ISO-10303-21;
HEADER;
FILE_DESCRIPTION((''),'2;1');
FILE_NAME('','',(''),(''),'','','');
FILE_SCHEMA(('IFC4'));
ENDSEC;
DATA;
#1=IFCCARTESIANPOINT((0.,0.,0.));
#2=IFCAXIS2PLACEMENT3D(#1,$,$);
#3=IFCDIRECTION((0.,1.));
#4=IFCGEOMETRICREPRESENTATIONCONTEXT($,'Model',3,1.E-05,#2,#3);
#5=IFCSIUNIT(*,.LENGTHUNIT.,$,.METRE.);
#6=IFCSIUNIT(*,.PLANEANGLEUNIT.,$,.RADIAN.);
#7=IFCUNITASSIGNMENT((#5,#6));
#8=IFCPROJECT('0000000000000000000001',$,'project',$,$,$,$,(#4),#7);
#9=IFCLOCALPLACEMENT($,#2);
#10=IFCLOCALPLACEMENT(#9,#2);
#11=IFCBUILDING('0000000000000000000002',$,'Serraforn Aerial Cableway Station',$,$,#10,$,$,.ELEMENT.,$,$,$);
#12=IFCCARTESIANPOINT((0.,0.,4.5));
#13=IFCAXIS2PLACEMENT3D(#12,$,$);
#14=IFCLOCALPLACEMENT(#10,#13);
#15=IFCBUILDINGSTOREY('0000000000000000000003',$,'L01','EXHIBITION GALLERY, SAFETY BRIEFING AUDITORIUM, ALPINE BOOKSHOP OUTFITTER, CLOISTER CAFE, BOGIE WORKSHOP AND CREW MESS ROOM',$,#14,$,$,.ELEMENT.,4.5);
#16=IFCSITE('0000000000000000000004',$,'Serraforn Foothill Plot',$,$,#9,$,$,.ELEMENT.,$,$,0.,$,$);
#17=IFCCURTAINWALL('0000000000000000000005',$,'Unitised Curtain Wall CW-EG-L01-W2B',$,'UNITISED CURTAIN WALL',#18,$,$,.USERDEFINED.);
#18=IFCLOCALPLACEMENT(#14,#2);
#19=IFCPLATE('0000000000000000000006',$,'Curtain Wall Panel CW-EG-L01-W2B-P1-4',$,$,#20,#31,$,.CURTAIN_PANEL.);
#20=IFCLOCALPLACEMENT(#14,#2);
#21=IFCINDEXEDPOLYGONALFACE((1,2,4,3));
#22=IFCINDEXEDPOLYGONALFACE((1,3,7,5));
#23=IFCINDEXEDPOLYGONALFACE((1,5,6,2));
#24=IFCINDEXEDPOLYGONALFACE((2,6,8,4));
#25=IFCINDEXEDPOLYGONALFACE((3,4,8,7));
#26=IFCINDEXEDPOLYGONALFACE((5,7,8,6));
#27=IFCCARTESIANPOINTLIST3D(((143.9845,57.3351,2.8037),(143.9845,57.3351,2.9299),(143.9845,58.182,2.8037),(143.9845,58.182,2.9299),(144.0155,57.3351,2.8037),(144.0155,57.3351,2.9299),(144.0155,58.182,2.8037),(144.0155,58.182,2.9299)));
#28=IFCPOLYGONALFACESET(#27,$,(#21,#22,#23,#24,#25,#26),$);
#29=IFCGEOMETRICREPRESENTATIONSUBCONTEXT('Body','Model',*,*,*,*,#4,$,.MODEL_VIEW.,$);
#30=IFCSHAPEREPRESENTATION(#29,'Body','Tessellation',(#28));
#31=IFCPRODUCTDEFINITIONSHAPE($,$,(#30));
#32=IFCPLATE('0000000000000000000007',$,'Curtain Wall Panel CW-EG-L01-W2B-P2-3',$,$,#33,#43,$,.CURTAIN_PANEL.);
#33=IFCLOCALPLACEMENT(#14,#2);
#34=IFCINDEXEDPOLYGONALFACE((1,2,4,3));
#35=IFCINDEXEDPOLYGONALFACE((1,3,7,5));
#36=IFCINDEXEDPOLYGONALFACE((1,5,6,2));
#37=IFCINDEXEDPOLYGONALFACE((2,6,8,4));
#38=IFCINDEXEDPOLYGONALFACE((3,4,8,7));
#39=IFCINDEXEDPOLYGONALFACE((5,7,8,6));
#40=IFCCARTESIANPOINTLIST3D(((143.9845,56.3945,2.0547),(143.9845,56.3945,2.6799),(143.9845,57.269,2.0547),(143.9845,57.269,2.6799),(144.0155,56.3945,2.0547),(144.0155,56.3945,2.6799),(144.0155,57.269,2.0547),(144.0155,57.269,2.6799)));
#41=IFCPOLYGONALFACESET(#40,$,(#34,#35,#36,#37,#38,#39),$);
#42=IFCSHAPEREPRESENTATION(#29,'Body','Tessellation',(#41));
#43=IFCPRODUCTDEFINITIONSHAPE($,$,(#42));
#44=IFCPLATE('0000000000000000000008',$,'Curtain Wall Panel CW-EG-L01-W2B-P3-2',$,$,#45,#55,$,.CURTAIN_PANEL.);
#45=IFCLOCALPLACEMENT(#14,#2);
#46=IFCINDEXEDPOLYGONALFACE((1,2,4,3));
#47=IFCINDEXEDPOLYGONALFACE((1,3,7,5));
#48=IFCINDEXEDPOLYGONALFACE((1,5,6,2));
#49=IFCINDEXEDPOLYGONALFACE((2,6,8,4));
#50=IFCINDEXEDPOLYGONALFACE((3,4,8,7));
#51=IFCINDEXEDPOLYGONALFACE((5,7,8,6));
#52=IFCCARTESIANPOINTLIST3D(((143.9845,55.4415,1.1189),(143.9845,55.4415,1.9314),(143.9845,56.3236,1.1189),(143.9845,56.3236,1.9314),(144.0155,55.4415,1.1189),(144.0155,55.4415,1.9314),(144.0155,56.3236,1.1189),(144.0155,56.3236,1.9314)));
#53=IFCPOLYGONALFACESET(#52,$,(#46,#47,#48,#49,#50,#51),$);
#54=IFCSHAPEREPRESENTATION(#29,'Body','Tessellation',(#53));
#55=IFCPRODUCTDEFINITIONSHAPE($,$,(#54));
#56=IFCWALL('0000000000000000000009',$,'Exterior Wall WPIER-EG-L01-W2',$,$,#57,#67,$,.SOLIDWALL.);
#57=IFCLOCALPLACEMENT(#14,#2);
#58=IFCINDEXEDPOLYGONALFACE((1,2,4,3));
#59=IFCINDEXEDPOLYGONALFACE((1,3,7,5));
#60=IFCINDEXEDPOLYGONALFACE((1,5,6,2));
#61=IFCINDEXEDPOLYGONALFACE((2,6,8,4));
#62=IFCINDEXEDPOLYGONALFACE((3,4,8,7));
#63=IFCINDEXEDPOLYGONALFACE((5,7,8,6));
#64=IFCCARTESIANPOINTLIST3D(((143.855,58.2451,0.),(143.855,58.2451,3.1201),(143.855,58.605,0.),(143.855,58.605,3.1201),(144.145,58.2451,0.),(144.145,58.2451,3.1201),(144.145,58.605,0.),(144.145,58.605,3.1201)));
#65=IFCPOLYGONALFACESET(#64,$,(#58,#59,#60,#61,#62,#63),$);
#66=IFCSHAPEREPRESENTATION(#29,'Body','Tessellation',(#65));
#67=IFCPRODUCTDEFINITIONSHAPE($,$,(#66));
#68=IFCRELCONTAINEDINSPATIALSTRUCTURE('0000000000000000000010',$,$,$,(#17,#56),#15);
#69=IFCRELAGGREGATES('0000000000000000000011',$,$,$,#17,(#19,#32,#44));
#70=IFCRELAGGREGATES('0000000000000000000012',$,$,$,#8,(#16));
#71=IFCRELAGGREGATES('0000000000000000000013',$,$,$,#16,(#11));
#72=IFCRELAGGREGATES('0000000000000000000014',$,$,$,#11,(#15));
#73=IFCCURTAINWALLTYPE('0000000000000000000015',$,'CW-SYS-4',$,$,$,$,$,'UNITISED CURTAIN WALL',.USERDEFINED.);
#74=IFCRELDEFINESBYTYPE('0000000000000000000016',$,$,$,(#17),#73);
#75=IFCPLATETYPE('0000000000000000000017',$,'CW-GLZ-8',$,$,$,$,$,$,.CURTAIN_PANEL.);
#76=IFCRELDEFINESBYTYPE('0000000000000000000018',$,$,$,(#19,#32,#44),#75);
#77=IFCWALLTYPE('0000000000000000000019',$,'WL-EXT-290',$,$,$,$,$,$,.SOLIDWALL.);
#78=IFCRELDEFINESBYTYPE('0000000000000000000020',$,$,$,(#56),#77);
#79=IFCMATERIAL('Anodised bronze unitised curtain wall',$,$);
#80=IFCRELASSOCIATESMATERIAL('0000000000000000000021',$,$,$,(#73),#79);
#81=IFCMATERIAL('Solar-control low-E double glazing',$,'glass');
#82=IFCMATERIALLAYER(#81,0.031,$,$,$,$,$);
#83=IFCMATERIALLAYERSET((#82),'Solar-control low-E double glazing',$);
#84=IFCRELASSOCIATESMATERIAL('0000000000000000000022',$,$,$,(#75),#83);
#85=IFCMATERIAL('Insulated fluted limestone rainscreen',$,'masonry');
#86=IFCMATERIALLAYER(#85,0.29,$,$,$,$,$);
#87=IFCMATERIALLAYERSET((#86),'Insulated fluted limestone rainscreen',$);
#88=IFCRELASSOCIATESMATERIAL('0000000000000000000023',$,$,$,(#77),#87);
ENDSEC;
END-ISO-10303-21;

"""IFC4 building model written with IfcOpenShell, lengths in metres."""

from ifc_helpers import new_model, si_unit, direction, frame, frame_2d, origin, origin_2d, place, context, subcontext, project, spatial, rectangle, extrude, material, layer, layer_set, type_object, element, aggregate, save


model = new_model("IFC4")

# Units and contexts
model_context = context("Model", 3, precision=1e-05, world=origin(), true_north=direction((0.0, 1.0)))
body_context = subcontext(model_context, "Body", "Model", "MODEL_VIEW")
ifc_project = project(units=[si_unit("LENGTHUNIT", "METRE"), si_unit("PLANEANGLEUNIT", "RADIAN")], contexts=[model_context])

# Site, building, storey
site_placement = place(None, origin())
site = spatial("IfcSite", under=ifc_project, at=site_placement, Name="Serraforn Foothill Plot", CompositionType="ELEMENT", RefElevation=0.0)
building_placement = place(site_placement, origin())
building = spatial("IfcBuilding", under=site, at=building_placement, Name="Serraforn Aerial Cableway Station", CompositionType="ELEMENT")
storey_placement = place(building_placement, frame((0.0, 0.0, 4.5)))
storey = spatial("IfcBuildingStorey", under=building, at=storey_placement, Name="L01", Description="EXHIBITION GALLERY, SAFETY BRIEFING AUDITORIUM, ALPINE BOOKSHOP OUTFITTER, CLOISTER CAFE, BOGIE WORKSHOP AND CREW MESS ROOM", CompositionType="ELEMENT", Elevation=4.5)

# Shared definitions
ifc_material_1 = material(Name="Anodised bronze unitised curtain wall")

# Curtain wall, plates
curtain_wall_type_1 = type_object("IfcCurtainWallType", Name="CW-SYS-4", ElementType="UNITISED CURTAIN WALL", PredefinedType="USERDEFINED", material=ifc_material_1)
curtain_wall_1_placement = place(storey_placement, origin())
curtain_wall_1 = element("IfcCurtainWall", 1, at=curtain_wall_1_placement, inside=storey, type_object=curtain_wall_type_1, Name="Unitised Curtain Wall CW-EG-L01-W2B", ObjectType="UNITISED CURTAIN WALL", PredefinedType="USERDEFINED")
ifc_material_2 = material(Name="Solar-control low-E double glazing", Category="glass")
ifc_layer_1 = layer(ifc_material_2, 0.031)
ifc_layer_set_1 = layer_set([ifc_layer_1], Name="Solar-control low-E double glazing")
plate_type_1 = type_object("IfcPlateType", Name="CW-GLZ-8", PredefinedType="CURTAIN_PANEL", material=ifc_layer_set_1)
plate_1_placement = place(storey_placement, frame((144.0, 57.7585, 2.8037), z_axis=(0.0, 0.0, 1.0), x_axis=(1.0, 0.0, 0.0)))
plate_1 = element("IfcPlate", 2, at=plate_1_placement, type_object=plate_type_1, Name="Curtain Wall Panel CW-EG-L01-W2B-P1-4", PredefinedType="CURTAIN_PANEL", context=body_context, shape_type="SweptSolid", body=[
    extrude(rectangle(XDim=0.031, YDim=0.8469, at=origin_2d()), origin(), (0.0, 0.0, 1.0), 0.1262),
])
plate_2_placement = place(storey_placement, frame((144.0, 56.8318, 2.0547), z_axis=(0.0, 0.0, 1.0), x_axis=(1.0, 0.0, 0.0)))
plate_2 = element("IfcPlate", 3, at=plate_2_placement, type_object=plate_type_1, Name="Curtain Wall Panel CW-EG-L01-W2B-P2-3", PredefinedType="CURTAIN_PANEL", context=body_context, shape_type="SweptSolid", body=[
    extrude(rectangle(XDim=0.031, YDim=0.8745, at=origin_2d()), origin(), (0.0, 0.0, 1.0), 0.6252),
])
plate_3_placement = place(storey_placement, frame((144.0, 55.8826, 1.1189), z_axis=(0.0, 0.0, 1.0), x_axis=(1.0, 0.0, 0.0)))
plate_3 = element("IfcPlate", 4, at=plate_3_placement, type_object=plate_type_1, Name="Curtain Wall Panel CW-EG-L01-W2B-P3-2", PredefinedType="CURTAIN_PANEL", context=body_context, shape_type="SweptSolid", body=[
    extrude(rectangle(XDim=0.031, YDim=0.8821, at=origin_2d()), origin(), (0.0, 0.0, 1.0), 0.8125),
])
aggregate(curtain_wall_1, [plate_1, plate_2, plate_3])

# Wall
ifc_material_3 = material(Name="Insulated fluted limestone rainscreen", Category="masonry")
ifc_layer_2 = layer(ifc_material_3, 0.29)
ifc_layer_set_2 = layer_set([ifc_layer_2], Name="Insulated fluted limestone rainscreen")
wall_type = type_object("IfcWallType", Name="WL-EXT-290", PredefinedType="SOLIDWALL", material=ifc_layer_set_2)
wall_placement = place(storey_placement, frame((144.0, 58.605, 0.0), z_axis=(0.0, 0.0, 1.0), x_axis=(0.0, -1.0, 0.0)))
element("IfcWall", 5, at=wall_placement, inside=storey, type_object=wall_type, Name="Exterior Wall WPIER-EG-L01-W2", PredefinedType="SOLIDWALL", context=body_context, shape_type="SweptSolid", body=[
    extrude(rectangle(XDim=0.3599, YDim=0.29, at=frame_2d((0.1799, 0.0))), origin(), (0.0, 0.0, 1.0), 3.1201),
])

save(model, "model.ifc")
